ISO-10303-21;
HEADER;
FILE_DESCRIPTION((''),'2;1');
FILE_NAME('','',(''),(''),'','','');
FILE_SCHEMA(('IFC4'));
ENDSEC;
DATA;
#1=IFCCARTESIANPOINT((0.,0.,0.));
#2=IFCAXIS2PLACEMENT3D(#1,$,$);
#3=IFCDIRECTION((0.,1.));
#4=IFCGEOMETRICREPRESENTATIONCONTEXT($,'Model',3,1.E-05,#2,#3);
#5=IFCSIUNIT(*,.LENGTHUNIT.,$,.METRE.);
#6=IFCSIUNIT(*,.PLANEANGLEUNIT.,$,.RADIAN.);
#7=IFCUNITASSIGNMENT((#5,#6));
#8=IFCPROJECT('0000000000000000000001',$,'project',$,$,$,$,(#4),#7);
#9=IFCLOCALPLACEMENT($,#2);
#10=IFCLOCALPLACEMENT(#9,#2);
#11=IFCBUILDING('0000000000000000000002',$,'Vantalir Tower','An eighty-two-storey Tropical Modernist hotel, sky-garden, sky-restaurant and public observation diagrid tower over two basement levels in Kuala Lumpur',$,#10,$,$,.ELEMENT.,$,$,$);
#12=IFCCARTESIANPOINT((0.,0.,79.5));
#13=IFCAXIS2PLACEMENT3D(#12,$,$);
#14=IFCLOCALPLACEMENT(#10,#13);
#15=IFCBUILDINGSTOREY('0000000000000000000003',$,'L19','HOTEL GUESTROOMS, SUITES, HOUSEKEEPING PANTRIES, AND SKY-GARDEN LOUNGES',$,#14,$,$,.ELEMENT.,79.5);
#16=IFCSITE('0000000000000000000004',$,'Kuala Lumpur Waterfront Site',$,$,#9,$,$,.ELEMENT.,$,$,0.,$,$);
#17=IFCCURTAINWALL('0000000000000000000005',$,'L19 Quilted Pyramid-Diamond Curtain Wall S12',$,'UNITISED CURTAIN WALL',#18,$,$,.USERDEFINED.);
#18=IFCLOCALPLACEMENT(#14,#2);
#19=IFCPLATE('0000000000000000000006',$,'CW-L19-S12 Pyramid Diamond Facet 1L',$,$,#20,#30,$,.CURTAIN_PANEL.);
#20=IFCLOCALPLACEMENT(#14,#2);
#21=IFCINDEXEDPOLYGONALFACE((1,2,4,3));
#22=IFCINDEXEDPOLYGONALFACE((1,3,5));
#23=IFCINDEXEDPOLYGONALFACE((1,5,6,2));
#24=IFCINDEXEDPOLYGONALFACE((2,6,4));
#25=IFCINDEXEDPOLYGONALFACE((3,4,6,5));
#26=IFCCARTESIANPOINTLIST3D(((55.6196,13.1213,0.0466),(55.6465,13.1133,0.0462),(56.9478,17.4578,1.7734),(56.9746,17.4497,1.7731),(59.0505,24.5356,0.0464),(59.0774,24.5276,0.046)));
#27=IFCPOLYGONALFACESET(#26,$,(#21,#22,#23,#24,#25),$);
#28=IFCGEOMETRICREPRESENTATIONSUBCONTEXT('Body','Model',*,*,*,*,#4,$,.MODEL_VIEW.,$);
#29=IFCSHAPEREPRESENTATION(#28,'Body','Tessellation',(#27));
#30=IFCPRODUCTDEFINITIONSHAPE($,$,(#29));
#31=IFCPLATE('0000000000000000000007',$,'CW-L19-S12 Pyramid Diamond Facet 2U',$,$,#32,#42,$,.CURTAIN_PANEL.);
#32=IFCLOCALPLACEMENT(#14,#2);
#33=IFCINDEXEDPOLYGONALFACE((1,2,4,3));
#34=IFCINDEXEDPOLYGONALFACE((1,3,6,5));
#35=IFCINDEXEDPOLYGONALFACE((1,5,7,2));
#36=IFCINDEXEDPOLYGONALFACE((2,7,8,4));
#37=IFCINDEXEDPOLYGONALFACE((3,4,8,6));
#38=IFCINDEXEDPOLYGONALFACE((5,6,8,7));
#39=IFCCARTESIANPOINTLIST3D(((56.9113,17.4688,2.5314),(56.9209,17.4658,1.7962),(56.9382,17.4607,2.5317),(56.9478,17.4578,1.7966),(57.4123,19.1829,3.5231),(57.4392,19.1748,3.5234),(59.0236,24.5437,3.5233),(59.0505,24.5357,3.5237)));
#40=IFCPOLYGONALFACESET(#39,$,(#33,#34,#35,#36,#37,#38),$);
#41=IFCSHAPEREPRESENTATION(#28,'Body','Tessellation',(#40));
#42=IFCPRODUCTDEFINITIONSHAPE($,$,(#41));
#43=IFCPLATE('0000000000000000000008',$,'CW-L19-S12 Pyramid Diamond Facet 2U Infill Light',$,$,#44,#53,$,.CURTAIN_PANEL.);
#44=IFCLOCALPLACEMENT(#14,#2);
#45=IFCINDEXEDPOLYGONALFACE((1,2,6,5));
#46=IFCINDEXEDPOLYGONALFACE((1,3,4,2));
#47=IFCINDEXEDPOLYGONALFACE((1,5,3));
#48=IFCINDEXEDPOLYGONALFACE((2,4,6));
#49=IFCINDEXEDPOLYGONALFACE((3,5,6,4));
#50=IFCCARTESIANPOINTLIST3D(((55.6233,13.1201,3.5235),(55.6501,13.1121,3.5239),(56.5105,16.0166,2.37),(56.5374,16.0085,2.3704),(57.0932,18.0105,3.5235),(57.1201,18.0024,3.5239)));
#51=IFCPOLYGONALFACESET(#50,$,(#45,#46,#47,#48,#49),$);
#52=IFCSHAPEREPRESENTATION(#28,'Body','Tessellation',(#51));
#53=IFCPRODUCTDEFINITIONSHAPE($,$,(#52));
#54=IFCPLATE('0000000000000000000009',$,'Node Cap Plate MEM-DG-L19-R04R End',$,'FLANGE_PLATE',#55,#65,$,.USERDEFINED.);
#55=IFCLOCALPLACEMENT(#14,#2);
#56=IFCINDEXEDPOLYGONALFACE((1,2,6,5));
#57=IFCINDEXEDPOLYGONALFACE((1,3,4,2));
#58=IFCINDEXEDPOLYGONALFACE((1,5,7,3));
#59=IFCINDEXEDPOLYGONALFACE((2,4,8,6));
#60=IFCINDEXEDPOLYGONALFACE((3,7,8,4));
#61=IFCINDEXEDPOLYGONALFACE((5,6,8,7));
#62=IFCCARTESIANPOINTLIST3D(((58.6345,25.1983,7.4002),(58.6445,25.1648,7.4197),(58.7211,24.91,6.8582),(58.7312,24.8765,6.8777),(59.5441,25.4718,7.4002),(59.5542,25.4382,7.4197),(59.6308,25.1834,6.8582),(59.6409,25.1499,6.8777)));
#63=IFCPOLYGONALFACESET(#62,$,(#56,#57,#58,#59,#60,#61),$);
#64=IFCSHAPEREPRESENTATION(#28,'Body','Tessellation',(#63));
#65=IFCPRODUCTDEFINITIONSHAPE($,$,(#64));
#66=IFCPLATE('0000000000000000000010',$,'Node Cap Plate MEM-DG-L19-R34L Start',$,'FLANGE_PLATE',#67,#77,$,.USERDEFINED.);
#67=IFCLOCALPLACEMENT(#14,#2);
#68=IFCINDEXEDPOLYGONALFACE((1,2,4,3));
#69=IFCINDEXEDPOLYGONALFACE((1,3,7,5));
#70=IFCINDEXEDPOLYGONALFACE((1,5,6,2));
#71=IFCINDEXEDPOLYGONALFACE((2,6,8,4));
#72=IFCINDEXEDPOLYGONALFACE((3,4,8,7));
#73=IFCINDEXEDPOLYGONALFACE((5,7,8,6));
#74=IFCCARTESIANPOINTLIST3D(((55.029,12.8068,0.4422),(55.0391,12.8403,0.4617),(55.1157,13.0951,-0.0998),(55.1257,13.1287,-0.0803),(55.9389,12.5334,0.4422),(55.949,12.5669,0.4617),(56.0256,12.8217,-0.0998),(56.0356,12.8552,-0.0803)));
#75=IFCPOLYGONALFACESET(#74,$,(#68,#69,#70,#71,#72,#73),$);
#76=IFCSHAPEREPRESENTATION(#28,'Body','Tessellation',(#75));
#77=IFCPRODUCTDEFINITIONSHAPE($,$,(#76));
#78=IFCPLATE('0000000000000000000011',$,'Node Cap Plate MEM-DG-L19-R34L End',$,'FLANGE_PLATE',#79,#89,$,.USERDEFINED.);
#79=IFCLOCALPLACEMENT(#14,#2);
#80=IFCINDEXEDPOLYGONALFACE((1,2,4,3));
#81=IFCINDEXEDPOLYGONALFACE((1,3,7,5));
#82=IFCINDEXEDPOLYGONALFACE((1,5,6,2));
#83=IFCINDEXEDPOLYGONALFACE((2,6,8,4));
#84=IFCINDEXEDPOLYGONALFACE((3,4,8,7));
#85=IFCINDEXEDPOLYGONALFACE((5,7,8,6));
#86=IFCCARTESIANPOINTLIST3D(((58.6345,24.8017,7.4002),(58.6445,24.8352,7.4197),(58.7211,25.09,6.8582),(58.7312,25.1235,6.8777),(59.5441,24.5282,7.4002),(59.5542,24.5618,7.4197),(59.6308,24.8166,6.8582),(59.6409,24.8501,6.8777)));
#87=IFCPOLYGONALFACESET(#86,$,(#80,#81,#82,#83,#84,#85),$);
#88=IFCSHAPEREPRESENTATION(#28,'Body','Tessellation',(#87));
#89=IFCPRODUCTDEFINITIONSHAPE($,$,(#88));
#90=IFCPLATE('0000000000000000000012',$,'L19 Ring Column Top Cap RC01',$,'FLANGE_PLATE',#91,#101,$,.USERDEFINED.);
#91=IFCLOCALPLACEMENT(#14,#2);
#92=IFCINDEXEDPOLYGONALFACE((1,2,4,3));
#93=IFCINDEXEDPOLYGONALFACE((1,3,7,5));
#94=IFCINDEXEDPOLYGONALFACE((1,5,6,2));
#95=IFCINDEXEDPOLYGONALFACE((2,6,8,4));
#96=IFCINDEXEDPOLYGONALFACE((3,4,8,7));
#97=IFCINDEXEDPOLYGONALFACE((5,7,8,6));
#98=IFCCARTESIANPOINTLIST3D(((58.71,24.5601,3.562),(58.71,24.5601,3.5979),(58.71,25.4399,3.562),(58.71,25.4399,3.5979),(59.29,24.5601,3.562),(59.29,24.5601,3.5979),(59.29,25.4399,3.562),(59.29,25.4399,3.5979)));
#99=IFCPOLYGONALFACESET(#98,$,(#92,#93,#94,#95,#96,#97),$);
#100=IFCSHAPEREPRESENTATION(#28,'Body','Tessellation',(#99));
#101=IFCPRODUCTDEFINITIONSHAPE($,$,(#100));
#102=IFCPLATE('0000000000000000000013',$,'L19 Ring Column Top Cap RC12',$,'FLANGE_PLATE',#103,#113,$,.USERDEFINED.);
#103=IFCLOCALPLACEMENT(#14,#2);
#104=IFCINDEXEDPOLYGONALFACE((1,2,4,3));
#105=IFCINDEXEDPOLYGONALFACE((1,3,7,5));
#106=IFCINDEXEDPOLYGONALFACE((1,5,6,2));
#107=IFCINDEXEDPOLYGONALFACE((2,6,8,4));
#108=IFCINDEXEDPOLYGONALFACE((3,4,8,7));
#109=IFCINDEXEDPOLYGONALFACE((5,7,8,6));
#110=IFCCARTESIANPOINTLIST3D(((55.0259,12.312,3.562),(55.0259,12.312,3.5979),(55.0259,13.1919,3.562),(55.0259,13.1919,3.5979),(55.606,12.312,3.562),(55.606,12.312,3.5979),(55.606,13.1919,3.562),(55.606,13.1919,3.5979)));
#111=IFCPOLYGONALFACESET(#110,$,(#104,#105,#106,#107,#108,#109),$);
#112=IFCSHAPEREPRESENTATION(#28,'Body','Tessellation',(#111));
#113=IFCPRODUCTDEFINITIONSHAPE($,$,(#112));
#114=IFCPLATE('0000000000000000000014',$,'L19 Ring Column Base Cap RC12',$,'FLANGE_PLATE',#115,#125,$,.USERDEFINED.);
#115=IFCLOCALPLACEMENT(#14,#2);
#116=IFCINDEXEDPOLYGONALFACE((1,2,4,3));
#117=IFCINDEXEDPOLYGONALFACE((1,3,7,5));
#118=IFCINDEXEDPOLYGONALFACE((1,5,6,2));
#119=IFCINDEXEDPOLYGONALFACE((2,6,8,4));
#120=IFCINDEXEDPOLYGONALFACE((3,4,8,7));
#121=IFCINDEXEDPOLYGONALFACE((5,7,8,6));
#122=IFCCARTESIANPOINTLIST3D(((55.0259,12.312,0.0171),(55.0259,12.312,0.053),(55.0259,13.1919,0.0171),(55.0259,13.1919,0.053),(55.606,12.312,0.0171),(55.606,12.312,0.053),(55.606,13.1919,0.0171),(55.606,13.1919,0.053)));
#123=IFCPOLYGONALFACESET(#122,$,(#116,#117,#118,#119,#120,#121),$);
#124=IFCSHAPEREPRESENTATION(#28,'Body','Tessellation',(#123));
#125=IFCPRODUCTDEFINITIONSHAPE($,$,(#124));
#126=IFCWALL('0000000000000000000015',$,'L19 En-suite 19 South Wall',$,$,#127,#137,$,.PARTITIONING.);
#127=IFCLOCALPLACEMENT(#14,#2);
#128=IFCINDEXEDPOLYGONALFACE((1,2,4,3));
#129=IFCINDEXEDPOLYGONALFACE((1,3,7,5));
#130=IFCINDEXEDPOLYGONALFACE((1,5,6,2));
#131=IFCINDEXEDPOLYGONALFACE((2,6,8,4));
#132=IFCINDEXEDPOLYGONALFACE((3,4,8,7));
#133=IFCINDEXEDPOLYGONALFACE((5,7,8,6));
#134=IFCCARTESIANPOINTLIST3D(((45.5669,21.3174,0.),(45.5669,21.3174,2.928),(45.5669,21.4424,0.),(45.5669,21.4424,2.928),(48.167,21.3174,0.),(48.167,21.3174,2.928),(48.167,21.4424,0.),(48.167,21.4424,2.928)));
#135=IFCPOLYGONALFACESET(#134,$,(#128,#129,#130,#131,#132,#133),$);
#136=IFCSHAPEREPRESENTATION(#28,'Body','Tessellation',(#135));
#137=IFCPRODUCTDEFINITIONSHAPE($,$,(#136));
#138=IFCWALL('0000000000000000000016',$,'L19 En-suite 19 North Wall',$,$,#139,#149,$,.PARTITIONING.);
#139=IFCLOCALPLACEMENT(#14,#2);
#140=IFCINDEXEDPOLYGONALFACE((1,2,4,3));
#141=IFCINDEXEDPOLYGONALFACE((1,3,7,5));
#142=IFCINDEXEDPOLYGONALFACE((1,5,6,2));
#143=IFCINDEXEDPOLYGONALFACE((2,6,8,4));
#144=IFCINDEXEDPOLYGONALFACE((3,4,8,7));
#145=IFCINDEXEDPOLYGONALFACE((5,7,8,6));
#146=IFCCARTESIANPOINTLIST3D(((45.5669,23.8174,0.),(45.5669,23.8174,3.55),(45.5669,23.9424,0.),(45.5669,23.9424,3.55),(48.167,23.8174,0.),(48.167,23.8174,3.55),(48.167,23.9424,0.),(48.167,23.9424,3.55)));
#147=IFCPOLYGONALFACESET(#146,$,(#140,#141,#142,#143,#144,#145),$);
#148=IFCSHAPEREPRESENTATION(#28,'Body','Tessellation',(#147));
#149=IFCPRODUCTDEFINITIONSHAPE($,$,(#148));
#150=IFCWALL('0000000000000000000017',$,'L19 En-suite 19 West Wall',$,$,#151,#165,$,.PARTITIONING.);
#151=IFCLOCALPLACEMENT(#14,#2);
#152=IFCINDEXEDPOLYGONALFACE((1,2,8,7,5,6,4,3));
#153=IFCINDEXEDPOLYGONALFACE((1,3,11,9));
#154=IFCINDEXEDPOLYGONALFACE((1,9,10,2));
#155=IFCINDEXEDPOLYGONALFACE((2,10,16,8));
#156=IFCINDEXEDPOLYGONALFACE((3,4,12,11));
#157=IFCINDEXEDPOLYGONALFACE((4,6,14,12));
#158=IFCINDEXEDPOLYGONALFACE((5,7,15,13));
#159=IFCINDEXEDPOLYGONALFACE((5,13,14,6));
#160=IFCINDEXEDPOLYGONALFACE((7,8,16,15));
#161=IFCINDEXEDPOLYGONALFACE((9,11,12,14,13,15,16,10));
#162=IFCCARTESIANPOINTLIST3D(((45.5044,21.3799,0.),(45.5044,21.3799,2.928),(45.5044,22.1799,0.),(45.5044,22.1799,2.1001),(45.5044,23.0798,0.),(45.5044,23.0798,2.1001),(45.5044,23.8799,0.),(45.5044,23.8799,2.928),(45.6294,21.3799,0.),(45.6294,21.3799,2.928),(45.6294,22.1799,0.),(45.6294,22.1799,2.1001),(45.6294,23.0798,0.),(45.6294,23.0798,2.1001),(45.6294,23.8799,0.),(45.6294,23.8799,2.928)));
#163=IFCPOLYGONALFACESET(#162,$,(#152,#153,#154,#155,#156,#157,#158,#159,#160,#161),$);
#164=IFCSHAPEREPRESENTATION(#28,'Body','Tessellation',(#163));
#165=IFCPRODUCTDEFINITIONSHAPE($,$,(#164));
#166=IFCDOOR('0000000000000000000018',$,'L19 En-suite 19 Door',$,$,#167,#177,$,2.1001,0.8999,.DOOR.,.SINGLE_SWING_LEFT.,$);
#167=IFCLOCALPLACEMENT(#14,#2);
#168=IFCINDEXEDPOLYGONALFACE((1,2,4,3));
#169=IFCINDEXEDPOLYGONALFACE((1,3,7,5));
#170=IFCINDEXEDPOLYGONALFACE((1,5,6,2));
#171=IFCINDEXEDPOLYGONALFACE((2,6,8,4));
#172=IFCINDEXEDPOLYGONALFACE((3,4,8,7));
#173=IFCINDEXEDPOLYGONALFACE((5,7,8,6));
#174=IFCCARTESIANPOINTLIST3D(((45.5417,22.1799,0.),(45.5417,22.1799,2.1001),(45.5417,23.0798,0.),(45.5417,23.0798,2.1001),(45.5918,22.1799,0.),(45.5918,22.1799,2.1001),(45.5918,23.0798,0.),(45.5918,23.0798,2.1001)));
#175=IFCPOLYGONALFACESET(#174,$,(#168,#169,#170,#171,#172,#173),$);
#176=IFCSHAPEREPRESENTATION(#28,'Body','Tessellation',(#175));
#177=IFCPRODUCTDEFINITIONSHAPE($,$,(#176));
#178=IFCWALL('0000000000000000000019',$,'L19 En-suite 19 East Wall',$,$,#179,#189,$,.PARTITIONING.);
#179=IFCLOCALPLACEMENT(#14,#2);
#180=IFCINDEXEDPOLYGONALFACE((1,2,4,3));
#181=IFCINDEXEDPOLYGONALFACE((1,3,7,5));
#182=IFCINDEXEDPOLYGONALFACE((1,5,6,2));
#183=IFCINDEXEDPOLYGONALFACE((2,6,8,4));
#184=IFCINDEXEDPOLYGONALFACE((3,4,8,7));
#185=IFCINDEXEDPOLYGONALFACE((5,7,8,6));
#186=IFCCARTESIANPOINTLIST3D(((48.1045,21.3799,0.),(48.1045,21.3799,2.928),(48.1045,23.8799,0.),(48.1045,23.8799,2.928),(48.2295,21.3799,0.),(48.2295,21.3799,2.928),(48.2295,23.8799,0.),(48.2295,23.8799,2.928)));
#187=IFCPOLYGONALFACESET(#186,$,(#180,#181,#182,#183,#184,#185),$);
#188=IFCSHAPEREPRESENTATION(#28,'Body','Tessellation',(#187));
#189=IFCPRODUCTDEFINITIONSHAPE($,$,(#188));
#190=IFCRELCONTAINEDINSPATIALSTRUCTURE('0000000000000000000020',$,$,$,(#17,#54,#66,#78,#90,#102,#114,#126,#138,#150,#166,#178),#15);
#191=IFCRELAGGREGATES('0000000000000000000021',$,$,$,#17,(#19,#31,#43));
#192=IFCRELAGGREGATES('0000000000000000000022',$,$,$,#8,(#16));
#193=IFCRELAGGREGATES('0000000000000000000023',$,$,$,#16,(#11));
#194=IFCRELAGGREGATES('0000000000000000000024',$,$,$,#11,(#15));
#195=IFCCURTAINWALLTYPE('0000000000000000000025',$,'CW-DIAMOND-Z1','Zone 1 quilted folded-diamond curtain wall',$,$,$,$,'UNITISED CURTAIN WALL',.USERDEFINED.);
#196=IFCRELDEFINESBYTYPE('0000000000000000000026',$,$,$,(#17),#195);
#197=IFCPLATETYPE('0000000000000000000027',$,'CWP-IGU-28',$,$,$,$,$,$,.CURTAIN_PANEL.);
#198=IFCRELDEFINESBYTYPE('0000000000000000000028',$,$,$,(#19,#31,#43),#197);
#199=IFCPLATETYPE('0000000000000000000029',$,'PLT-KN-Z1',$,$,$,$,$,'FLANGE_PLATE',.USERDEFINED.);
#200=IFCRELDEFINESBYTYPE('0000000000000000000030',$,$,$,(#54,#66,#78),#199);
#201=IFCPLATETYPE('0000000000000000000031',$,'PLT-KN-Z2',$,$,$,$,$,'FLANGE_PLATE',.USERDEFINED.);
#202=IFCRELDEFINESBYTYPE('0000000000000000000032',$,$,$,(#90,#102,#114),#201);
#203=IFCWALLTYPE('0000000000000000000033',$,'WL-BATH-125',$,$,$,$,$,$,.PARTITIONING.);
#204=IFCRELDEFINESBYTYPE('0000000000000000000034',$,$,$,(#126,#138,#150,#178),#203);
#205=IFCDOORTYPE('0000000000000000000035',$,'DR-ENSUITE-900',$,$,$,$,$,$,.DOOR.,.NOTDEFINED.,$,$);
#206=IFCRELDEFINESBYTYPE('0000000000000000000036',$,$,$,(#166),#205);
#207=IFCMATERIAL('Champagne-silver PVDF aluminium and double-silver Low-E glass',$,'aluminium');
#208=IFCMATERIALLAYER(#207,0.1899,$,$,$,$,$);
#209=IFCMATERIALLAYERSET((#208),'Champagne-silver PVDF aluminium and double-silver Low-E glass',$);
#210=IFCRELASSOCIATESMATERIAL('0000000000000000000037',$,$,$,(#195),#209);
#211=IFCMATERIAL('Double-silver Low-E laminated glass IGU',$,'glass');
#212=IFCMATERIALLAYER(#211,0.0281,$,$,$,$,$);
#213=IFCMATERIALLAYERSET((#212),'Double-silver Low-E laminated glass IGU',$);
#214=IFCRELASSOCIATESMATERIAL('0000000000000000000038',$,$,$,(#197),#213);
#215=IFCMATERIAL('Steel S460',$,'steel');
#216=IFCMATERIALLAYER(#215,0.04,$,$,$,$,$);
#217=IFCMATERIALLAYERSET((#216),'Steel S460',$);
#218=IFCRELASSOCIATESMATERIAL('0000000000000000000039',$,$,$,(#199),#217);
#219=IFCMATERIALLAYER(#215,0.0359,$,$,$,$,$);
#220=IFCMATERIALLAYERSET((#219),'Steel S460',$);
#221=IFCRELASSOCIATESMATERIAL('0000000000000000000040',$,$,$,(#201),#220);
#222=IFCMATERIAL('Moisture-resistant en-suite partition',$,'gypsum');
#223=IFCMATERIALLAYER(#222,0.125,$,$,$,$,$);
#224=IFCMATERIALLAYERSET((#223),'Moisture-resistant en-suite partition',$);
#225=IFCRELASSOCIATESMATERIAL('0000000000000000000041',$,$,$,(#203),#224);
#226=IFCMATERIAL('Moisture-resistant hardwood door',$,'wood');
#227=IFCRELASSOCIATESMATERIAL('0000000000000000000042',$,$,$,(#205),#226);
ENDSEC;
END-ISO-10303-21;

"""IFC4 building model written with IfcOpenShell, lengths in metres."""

from ifc_helpers import new_model, si_unit, direction, frame, frame_2d, origin, place, context, subcontext, project, spatial, polyline, rectangle, outline, extrude, material, layer, layer_set, type_object, element, fill, aggregate, save


model = new_model("IFC4")

# Units and contexts
model_context = context("Model", 3, precision=1e-05, world=origin(), true_north=direction((0.0, 1.0)))
body_context = subcontext(model_context, "Body", "Model", "MODEL_VIEW")
ifc_project = project(units=[si_unit("LENGTHUNIT", "METRE"), si_unit("PLANEANGLEUNIT", "RADIAN")], contexts=[model_context])

# Site, building, storey
site_placement = place(None, origin())
site = spatial("IfcSite", under=ifc_project, at=site_placement, Name="Kuala Lumpur Waterfront Site", CompositionType="ELEMENT", RefElevation=0.0)
building_placement = place(site_placement, origin())
building = spatial("IfcBuilding", under=site, at=building_placement, Name="Vantalir Tower", Description="An eighty-two-storey Tropical Modernist hotel, sky-garden, sky-restaurant and public observation diagrid tower over two basement levels in Kuala Lumpur", CompositionType="ELEMENT")
storey_placement = place(building_placement, frame((0.0, 0.0, 79.5)))
storey = spatial("IfcBuildingStorey", under=building, at=storey_placement, Name="L19", Description="HOTEL GUESTROOMS, SUITES, HOUSEKEEPING PANTRIES, AND SKY-GARDEN LOUNGES", CompositionType="ELEMENT", Elevation=79.5)

# Shared definitions
ifc_material_1 = material(Name="Steel S460", Category="steel")

# Curtain wall, plates
ifc_material_2 = material(Name="Champagne-silver PVDF aluminium and double-silver Low-E glass", Category="aluminium")
ifc_layer_1 = layer(ifc_material_2, 0.1899)
ifc_layer_set_1 = layer_set([ifc_layer_1], Name="Champagne-silver PVDF aluminium and double-silver Low-E glass")
curtain_wall_type = type_object("IfcCurtainWallType", Name="CW-DIAMOND-Z1", Description="Zone 1 quilted folded-diamond curtain wall", ElementType="UNITISED CURTAIN WALL", PredefinedType="USERDEFINED", material=ifc_layer_set_1)
curtain_wall_placement = place(storey_placement, origin())
curtain_wall = element("IfcCurtainWall", 1, at=curtain_wall_placement, inside=storey, type_object=curtain_wall_type, Name="L19 Quilted Pyramid-Diamond Curtain Wall S12", ObjectType="UNITISED CURTAIN WALL", PredefinedType="USERDEFINED")
ifc_material_3 = material(Name="Double-silver Low-E laminated glass IGU", Category="glass")
ifc_layer_2 = layer(ifc_material_3, 0.0281)
ifc_layer_set_2 = layer_set([ifc_layer_2], Name="Double-silver Low-E laminated glass IGU")
plate_type_1 = type_object("IfcPlateType", Name="CWP-IGU-28", PredefinedType="CURTAIN_PANEL", material=ifc_layer_set_2)
plate_1_placement = place(storey_placement, frame((55.6196, 13.1213, 0.0466), z_axis=(-0.957584, 0.28783, 0.013687), x_axis=(0.287857, 0.957673, -0.00002)))
plate_1 = element("IfcPlate", 2, at=plate_1_placement, type_object=plate_type_1, Name="CW-L19-S12 Pyramid Diamond Facet 1L", PredefinedType="CURTAIN_PANEL", context=body_context, shape_type="SweptSolid", body=[
    extrude(outline(polyline([(0.0, 0.0), (11.9188, 0.0), (4.5352, -1.7271), (0.0, 0.0)])), origin(), (0.0, 0.0, -1.0), 0.0281),
])
plate_2_placement = place(storey_placement, frame((57.4392, 19.1748, 3.5234), z_axis=(0.957589, -0.287813, 0.013652), x_axis=(0.287839, 0.957679, 0.000043)))
plate_2 = element("IfcPlate", 3, at=plate_2_placement, type_object=plate_type_1, Name="CW-L19-S12 Pyramid Diamond Facet 2U", PredefinedType="CURTAIN_PANEL", context=body_context, shape_type="SweptSolid", body=[
    extrude(outline(polyline([(0.0, 0.0), (5.5978, 0.0), (-1.7859, -1.7269), (-1.7858, -0.9917), (0.0, 0.0)])), origin(), (0.0, 0.0, -1.0), 0.0281),
])
plate_3_placement = place(storey_placement, frame((55.6501, 13.1121, 3.5239), z_axis=(0.957582, -0.287834, 0.013755), x_axis=(0.287861, 0.957672, 0.0)))
plate_3 = element("IfcPlate", 4, at=plate_3_placement, type_object=plate_type_1, Name="CW-L19-S12 Pyramid Diamond Facet 2U Infill Light", PredefinedType="CURTAIN_PANEL", context=body_context, shape_type="SweptSolid", body=[
    extrude(outline(polyline([(0.0, 0.0), (5.1065, 0.0), (3.0293, -1.1537), (0.0, 0.0)])), origin(), (0.0, 0.0, -1.0), 0.0281),
])
aggregate(curtain_wall, [plate_1, plate_2, plate_3])

# Plates
ifc_layer_3 = layer(ifc_material_1, 0.04)
ifc_layer_set_3 = layer_set([ifc_layer_3], Name="Steel S460")
plate_type_2 = type_object("IfcPlateType", Name="PLT-KN-Z1", ElementType="FLANGE_PLATE", PredefinedType="USERDEFINED", material=ifc_layer_set_3)
plate_4_placement = place(storey_placement, frame((58.7312, 24.8765, 6.8777), z_axis=(0.251647, -0.837176, 0.485603), x_axis=(0.957671, 0.287867, 0.0)))
element("IfcPlate", 5, at=plate_4_placement, inside=storey, type_object=plate_type_2, Name="Node Cap Plate MEM-DG-L19-R04R End", ObjectType="FLANGE_PLATE", PredefinedType="USERDEFINED", context=body_context, shape_type="SweptSolid", body=[
    extrude(outline(polyline([(0.0, 0.0), (0.9499, 0.0), (0.9499, 0.62), (0.0, 0.62), (0.0, 0.0)])), origin(), (0.0, 0.0, -1.0), 0.04),
])
plate_5_placement = place(storey_placement, frame((56.0356, 12.8552, -0.0803), z_axis=(0.251585, 0.837194, 0.485603), x_axis=(-0.957692, 0.287796, 0.0)))
element("IfcPlate", 6, at=plate_5_placement, inside=storey, type_object=plate_type_2, Name="Node Cap Plate MEM-DG-L19-R34L Start", ObjectType="FLANGE_PLATE", PredefinedType="USERDEFINED", context=body_context, shape_type="SweptSolid", body=[
    extrude(outline(polyline([(0.0, 0.0), (0.9501, 0.0), (0.9501, 0.62), (0.0, 0.62), (0.0, 0.0)])), origin(), (0.0, 0.0, -1.0), 0.04),
])
plate_6_placement = place(storey_placement, frame((59.6409, 24.8501, 6.8777), z_axis=(0.251647, 0.837176, 0.485603), x_axis=(-0.957671, 0.287867, 0.0)))
element("IfcPlate", 7, at=plate_6_placement, inside=storey, type_object=plate_type_2, Name="Node Cap Plate MEM-DG-L19-R34L End", ObjectType="FLANGE_PLATE", PredefinedType="USERDEFINED", context=body_context, shape_type="SweptSolid", body=[
    extrude(outline(polyline([(0.0, 0.0), (0.9499, 0.0), (0.9499, 0.62), (0.0, 0.62), (0.0, 0.0)])), origin(), (0.0, 0.0, -1.0), 0.04),
])
ifc_layer_4 = layer(ifc_material_1, 0.0359)
ifc_layer_set_4 = layer_set([ifc_layer_4], Name="Steel S460")
plate_type_3 = type_object("IfcPlateType", Name="PLT-KN-Z2", ElementType="FLANGE_PLATE", PredefinedType="USERDEFINED", material=ifc_layer_set_4)
for number, where, z_axis, x_axis, name in (
    (8, (58.71, 25.4399, 3.5979), (0.0, 0.0, 1.0), (0.0, -1.0, 0.0), "L19 Ring Column Top Cap RC01"),
    (9, (55.0259, 13.1919, 3.5979), (0.0, 0.0, 1.0), (0.0, -1.0, 0.0), "L19 Ring Column Top Cap RC12"),
    (10, (55.0259, 13.1919, 0.053), (0.0, 0.0, 1.0), (0.0, -1.0, 0.0), "L19 Ring Column Base Cap RC12"),
):
    element("IfcPlate", number, at=place(storey_placement, frame(where, z_axis=z_axis, x_axis=x_axis)), inside=storey, type_object=plate_type_3, Name=name, ObjectType="FLANGE_PLATE", PredefinedType="USERDEFINED", context=body_context, shape_type="SweptSolid", body=[
        extrude(outline(polyline([(0.0, 0.0), (0.8799, 0.0), (0.8799, 0.5801), (0.0, 0.5801), (0.0, 0.0)])), origin(), (0.0, 0.0, -1.0), 0.0359),
    ])

# Walls
ifc_material_4 = material(Name="Moisture-resistant en-suite partition", Category="gypsum")
ifc_layer_5 = layer(ifc_material_4, 0.125)
ifc_layer_set_5 = layer_set([ifc_layer_5], Name="Moisture-resistant en-suite partition")
wall_type_1 = type_object("IfcWallType", Name="WL-BATH-125", PredefinedType="PARTITIONING", material=ifc_layer_set_5)
wall_1_placement = place(storey_placement, frame((45.5669, 21.3799, 0.0), z_axis=(0.0, 0.0, 1.0), x_axis=(1.0, 0.0, 0.0)))
element("IfcWall", 11, at=wall_1_placement, inside=storey, type_object=wall_type_1, Name="L19 En-suite 19 South Wall", PredefinedType="PARTITIONING", context=body_context, shape_type="SweptSolid", body=[
    extrude(rectangle(XDim=2.6001, YDim=0.125, at=frame_2d((1.3, 0.0))), origin(), (0.0, 0.0, 1.0), 2.928),
])
wall_2_placement = place(storey_placement, frame((45.5669, 23.8799, 0.0), z_axis=(0.0, 0.0, 1.0), x_axis=(1.0, 0.0, 0.0)))
element("IfcWall", 12, at=wall_2_placement, inside=storey, type_object=wall_type_1, Name="L19 En-suite 19 North Wall", PredefinedType="PARTITIONING", context=body_context, shape_type="SweptSolid", body=[
    extrude(rectangle(XDim=2.6001, YDim=0.125, at=frame_2d((1.3, 0.0))), origin(), (0.0, 0.0, 1.0), 3.55),
])

# Wall, opening, door
wall_3_placement = place(storey_placement, frame((45.5669, 21.3799, 0.0), z_axis=(0.0, 0.0, 1.0), x_axis=(0.0, 1.0, 0.0)))
wall_3 = element("IfcWall", 13, at=wall_3_placement, inside=storey, type_object=wall_type_1, Name="L19 En-suite 19 West Wall", PredefinedType="PARTITIONING", context=body_context, shape_type="SweptSolid", body=[
    extrude(rectangle(XDim=2.5, YDim=0.125, at=frame_2d((1.25, 0.0))), origin(), (0.0, 0.0, 1.0), 2.928),
])
opening_1_placement = place(wall_3_placement, frame((0.8, 0.0, 0.0)))
opening_1 = element("IfcOpeningElement", 14, at=opening_1_placement, cuts=wall_3, PredefinedType="OPENING", context=body_context, shape_type="SweptSolid", body=[
    extrude(rectangle(XDim=0.8999, YDim=2.1001, at=frame_2d((0.45, 1.05))), frame((0.0, 0.0725, 0.0), z_axis=(0.0, -1.0, 0.0), x_axis=(1.0, 0.0, 0.0)), (0.0, 0.0, 1.0), 0.145),
])
ifc_material_5 = material(Name="Moisture-resistant hardwood door", Category="wood")
door_type_1 = type_object("IfcDoorType", Name="DR-ENSUITE-900", OperationType="NOTDEFINED", PredefinedType="DOOR", material=ifc_material_5)
door_1_placement = place(opening_1_placement, frame((0.8999, 0.0, 0.0), z_axis=(0.0, 0.0, 1.0), x_axis=(-1.0, 0.0, 0.0)))
door_1 = element("IfcDoor", 15, at=door_1_placement, inside=storey, type_object=door_type_1, Name="L19 En-suite 19 Door", OperationType="SINGLE_SWING_LEFT", OverallHeight=2.1001, OverallWidth=0.8999, PredefinedType="DOOR", context=body_context, shape_type="SweptSolid", body=[
    extrude(rectangle(XDim=0.8999, YDim=2.1001, at=frame_2d((0.45, 1.05))), frame((0.0, 0.0249, 0.0), z_axis=(0.0, -1.0, 0.0), x_axis=(1.0, 0.0, 0.0)), (0.0, 0.0, 1.0), 0.05),
])
fill(opening_1, door_1)

# Wall
wall_4_placement = place(storey_placement, frame((48.167, 21.3799, 0.0), z_axis=(0.0, 0.0, 1.0), x_axis=(0.0, 1.0, 0.0)))
element("IfcWall", 16, at=wall_4_placement, inside=storey, type_object=wall_type_1, Name="L19 En-suite 19 East Wall", PredefinedType="PARTITIONING", context=body_context, shape_type="SweptSolid", body=[
    extrude(rectangle(XDim=2.5, YDim=0.125, at=frame_2d((1.25, 0.0))), origin(), (0.0, 0.0, 1.0), 2.928),
])

save(model, "model.ifc")
